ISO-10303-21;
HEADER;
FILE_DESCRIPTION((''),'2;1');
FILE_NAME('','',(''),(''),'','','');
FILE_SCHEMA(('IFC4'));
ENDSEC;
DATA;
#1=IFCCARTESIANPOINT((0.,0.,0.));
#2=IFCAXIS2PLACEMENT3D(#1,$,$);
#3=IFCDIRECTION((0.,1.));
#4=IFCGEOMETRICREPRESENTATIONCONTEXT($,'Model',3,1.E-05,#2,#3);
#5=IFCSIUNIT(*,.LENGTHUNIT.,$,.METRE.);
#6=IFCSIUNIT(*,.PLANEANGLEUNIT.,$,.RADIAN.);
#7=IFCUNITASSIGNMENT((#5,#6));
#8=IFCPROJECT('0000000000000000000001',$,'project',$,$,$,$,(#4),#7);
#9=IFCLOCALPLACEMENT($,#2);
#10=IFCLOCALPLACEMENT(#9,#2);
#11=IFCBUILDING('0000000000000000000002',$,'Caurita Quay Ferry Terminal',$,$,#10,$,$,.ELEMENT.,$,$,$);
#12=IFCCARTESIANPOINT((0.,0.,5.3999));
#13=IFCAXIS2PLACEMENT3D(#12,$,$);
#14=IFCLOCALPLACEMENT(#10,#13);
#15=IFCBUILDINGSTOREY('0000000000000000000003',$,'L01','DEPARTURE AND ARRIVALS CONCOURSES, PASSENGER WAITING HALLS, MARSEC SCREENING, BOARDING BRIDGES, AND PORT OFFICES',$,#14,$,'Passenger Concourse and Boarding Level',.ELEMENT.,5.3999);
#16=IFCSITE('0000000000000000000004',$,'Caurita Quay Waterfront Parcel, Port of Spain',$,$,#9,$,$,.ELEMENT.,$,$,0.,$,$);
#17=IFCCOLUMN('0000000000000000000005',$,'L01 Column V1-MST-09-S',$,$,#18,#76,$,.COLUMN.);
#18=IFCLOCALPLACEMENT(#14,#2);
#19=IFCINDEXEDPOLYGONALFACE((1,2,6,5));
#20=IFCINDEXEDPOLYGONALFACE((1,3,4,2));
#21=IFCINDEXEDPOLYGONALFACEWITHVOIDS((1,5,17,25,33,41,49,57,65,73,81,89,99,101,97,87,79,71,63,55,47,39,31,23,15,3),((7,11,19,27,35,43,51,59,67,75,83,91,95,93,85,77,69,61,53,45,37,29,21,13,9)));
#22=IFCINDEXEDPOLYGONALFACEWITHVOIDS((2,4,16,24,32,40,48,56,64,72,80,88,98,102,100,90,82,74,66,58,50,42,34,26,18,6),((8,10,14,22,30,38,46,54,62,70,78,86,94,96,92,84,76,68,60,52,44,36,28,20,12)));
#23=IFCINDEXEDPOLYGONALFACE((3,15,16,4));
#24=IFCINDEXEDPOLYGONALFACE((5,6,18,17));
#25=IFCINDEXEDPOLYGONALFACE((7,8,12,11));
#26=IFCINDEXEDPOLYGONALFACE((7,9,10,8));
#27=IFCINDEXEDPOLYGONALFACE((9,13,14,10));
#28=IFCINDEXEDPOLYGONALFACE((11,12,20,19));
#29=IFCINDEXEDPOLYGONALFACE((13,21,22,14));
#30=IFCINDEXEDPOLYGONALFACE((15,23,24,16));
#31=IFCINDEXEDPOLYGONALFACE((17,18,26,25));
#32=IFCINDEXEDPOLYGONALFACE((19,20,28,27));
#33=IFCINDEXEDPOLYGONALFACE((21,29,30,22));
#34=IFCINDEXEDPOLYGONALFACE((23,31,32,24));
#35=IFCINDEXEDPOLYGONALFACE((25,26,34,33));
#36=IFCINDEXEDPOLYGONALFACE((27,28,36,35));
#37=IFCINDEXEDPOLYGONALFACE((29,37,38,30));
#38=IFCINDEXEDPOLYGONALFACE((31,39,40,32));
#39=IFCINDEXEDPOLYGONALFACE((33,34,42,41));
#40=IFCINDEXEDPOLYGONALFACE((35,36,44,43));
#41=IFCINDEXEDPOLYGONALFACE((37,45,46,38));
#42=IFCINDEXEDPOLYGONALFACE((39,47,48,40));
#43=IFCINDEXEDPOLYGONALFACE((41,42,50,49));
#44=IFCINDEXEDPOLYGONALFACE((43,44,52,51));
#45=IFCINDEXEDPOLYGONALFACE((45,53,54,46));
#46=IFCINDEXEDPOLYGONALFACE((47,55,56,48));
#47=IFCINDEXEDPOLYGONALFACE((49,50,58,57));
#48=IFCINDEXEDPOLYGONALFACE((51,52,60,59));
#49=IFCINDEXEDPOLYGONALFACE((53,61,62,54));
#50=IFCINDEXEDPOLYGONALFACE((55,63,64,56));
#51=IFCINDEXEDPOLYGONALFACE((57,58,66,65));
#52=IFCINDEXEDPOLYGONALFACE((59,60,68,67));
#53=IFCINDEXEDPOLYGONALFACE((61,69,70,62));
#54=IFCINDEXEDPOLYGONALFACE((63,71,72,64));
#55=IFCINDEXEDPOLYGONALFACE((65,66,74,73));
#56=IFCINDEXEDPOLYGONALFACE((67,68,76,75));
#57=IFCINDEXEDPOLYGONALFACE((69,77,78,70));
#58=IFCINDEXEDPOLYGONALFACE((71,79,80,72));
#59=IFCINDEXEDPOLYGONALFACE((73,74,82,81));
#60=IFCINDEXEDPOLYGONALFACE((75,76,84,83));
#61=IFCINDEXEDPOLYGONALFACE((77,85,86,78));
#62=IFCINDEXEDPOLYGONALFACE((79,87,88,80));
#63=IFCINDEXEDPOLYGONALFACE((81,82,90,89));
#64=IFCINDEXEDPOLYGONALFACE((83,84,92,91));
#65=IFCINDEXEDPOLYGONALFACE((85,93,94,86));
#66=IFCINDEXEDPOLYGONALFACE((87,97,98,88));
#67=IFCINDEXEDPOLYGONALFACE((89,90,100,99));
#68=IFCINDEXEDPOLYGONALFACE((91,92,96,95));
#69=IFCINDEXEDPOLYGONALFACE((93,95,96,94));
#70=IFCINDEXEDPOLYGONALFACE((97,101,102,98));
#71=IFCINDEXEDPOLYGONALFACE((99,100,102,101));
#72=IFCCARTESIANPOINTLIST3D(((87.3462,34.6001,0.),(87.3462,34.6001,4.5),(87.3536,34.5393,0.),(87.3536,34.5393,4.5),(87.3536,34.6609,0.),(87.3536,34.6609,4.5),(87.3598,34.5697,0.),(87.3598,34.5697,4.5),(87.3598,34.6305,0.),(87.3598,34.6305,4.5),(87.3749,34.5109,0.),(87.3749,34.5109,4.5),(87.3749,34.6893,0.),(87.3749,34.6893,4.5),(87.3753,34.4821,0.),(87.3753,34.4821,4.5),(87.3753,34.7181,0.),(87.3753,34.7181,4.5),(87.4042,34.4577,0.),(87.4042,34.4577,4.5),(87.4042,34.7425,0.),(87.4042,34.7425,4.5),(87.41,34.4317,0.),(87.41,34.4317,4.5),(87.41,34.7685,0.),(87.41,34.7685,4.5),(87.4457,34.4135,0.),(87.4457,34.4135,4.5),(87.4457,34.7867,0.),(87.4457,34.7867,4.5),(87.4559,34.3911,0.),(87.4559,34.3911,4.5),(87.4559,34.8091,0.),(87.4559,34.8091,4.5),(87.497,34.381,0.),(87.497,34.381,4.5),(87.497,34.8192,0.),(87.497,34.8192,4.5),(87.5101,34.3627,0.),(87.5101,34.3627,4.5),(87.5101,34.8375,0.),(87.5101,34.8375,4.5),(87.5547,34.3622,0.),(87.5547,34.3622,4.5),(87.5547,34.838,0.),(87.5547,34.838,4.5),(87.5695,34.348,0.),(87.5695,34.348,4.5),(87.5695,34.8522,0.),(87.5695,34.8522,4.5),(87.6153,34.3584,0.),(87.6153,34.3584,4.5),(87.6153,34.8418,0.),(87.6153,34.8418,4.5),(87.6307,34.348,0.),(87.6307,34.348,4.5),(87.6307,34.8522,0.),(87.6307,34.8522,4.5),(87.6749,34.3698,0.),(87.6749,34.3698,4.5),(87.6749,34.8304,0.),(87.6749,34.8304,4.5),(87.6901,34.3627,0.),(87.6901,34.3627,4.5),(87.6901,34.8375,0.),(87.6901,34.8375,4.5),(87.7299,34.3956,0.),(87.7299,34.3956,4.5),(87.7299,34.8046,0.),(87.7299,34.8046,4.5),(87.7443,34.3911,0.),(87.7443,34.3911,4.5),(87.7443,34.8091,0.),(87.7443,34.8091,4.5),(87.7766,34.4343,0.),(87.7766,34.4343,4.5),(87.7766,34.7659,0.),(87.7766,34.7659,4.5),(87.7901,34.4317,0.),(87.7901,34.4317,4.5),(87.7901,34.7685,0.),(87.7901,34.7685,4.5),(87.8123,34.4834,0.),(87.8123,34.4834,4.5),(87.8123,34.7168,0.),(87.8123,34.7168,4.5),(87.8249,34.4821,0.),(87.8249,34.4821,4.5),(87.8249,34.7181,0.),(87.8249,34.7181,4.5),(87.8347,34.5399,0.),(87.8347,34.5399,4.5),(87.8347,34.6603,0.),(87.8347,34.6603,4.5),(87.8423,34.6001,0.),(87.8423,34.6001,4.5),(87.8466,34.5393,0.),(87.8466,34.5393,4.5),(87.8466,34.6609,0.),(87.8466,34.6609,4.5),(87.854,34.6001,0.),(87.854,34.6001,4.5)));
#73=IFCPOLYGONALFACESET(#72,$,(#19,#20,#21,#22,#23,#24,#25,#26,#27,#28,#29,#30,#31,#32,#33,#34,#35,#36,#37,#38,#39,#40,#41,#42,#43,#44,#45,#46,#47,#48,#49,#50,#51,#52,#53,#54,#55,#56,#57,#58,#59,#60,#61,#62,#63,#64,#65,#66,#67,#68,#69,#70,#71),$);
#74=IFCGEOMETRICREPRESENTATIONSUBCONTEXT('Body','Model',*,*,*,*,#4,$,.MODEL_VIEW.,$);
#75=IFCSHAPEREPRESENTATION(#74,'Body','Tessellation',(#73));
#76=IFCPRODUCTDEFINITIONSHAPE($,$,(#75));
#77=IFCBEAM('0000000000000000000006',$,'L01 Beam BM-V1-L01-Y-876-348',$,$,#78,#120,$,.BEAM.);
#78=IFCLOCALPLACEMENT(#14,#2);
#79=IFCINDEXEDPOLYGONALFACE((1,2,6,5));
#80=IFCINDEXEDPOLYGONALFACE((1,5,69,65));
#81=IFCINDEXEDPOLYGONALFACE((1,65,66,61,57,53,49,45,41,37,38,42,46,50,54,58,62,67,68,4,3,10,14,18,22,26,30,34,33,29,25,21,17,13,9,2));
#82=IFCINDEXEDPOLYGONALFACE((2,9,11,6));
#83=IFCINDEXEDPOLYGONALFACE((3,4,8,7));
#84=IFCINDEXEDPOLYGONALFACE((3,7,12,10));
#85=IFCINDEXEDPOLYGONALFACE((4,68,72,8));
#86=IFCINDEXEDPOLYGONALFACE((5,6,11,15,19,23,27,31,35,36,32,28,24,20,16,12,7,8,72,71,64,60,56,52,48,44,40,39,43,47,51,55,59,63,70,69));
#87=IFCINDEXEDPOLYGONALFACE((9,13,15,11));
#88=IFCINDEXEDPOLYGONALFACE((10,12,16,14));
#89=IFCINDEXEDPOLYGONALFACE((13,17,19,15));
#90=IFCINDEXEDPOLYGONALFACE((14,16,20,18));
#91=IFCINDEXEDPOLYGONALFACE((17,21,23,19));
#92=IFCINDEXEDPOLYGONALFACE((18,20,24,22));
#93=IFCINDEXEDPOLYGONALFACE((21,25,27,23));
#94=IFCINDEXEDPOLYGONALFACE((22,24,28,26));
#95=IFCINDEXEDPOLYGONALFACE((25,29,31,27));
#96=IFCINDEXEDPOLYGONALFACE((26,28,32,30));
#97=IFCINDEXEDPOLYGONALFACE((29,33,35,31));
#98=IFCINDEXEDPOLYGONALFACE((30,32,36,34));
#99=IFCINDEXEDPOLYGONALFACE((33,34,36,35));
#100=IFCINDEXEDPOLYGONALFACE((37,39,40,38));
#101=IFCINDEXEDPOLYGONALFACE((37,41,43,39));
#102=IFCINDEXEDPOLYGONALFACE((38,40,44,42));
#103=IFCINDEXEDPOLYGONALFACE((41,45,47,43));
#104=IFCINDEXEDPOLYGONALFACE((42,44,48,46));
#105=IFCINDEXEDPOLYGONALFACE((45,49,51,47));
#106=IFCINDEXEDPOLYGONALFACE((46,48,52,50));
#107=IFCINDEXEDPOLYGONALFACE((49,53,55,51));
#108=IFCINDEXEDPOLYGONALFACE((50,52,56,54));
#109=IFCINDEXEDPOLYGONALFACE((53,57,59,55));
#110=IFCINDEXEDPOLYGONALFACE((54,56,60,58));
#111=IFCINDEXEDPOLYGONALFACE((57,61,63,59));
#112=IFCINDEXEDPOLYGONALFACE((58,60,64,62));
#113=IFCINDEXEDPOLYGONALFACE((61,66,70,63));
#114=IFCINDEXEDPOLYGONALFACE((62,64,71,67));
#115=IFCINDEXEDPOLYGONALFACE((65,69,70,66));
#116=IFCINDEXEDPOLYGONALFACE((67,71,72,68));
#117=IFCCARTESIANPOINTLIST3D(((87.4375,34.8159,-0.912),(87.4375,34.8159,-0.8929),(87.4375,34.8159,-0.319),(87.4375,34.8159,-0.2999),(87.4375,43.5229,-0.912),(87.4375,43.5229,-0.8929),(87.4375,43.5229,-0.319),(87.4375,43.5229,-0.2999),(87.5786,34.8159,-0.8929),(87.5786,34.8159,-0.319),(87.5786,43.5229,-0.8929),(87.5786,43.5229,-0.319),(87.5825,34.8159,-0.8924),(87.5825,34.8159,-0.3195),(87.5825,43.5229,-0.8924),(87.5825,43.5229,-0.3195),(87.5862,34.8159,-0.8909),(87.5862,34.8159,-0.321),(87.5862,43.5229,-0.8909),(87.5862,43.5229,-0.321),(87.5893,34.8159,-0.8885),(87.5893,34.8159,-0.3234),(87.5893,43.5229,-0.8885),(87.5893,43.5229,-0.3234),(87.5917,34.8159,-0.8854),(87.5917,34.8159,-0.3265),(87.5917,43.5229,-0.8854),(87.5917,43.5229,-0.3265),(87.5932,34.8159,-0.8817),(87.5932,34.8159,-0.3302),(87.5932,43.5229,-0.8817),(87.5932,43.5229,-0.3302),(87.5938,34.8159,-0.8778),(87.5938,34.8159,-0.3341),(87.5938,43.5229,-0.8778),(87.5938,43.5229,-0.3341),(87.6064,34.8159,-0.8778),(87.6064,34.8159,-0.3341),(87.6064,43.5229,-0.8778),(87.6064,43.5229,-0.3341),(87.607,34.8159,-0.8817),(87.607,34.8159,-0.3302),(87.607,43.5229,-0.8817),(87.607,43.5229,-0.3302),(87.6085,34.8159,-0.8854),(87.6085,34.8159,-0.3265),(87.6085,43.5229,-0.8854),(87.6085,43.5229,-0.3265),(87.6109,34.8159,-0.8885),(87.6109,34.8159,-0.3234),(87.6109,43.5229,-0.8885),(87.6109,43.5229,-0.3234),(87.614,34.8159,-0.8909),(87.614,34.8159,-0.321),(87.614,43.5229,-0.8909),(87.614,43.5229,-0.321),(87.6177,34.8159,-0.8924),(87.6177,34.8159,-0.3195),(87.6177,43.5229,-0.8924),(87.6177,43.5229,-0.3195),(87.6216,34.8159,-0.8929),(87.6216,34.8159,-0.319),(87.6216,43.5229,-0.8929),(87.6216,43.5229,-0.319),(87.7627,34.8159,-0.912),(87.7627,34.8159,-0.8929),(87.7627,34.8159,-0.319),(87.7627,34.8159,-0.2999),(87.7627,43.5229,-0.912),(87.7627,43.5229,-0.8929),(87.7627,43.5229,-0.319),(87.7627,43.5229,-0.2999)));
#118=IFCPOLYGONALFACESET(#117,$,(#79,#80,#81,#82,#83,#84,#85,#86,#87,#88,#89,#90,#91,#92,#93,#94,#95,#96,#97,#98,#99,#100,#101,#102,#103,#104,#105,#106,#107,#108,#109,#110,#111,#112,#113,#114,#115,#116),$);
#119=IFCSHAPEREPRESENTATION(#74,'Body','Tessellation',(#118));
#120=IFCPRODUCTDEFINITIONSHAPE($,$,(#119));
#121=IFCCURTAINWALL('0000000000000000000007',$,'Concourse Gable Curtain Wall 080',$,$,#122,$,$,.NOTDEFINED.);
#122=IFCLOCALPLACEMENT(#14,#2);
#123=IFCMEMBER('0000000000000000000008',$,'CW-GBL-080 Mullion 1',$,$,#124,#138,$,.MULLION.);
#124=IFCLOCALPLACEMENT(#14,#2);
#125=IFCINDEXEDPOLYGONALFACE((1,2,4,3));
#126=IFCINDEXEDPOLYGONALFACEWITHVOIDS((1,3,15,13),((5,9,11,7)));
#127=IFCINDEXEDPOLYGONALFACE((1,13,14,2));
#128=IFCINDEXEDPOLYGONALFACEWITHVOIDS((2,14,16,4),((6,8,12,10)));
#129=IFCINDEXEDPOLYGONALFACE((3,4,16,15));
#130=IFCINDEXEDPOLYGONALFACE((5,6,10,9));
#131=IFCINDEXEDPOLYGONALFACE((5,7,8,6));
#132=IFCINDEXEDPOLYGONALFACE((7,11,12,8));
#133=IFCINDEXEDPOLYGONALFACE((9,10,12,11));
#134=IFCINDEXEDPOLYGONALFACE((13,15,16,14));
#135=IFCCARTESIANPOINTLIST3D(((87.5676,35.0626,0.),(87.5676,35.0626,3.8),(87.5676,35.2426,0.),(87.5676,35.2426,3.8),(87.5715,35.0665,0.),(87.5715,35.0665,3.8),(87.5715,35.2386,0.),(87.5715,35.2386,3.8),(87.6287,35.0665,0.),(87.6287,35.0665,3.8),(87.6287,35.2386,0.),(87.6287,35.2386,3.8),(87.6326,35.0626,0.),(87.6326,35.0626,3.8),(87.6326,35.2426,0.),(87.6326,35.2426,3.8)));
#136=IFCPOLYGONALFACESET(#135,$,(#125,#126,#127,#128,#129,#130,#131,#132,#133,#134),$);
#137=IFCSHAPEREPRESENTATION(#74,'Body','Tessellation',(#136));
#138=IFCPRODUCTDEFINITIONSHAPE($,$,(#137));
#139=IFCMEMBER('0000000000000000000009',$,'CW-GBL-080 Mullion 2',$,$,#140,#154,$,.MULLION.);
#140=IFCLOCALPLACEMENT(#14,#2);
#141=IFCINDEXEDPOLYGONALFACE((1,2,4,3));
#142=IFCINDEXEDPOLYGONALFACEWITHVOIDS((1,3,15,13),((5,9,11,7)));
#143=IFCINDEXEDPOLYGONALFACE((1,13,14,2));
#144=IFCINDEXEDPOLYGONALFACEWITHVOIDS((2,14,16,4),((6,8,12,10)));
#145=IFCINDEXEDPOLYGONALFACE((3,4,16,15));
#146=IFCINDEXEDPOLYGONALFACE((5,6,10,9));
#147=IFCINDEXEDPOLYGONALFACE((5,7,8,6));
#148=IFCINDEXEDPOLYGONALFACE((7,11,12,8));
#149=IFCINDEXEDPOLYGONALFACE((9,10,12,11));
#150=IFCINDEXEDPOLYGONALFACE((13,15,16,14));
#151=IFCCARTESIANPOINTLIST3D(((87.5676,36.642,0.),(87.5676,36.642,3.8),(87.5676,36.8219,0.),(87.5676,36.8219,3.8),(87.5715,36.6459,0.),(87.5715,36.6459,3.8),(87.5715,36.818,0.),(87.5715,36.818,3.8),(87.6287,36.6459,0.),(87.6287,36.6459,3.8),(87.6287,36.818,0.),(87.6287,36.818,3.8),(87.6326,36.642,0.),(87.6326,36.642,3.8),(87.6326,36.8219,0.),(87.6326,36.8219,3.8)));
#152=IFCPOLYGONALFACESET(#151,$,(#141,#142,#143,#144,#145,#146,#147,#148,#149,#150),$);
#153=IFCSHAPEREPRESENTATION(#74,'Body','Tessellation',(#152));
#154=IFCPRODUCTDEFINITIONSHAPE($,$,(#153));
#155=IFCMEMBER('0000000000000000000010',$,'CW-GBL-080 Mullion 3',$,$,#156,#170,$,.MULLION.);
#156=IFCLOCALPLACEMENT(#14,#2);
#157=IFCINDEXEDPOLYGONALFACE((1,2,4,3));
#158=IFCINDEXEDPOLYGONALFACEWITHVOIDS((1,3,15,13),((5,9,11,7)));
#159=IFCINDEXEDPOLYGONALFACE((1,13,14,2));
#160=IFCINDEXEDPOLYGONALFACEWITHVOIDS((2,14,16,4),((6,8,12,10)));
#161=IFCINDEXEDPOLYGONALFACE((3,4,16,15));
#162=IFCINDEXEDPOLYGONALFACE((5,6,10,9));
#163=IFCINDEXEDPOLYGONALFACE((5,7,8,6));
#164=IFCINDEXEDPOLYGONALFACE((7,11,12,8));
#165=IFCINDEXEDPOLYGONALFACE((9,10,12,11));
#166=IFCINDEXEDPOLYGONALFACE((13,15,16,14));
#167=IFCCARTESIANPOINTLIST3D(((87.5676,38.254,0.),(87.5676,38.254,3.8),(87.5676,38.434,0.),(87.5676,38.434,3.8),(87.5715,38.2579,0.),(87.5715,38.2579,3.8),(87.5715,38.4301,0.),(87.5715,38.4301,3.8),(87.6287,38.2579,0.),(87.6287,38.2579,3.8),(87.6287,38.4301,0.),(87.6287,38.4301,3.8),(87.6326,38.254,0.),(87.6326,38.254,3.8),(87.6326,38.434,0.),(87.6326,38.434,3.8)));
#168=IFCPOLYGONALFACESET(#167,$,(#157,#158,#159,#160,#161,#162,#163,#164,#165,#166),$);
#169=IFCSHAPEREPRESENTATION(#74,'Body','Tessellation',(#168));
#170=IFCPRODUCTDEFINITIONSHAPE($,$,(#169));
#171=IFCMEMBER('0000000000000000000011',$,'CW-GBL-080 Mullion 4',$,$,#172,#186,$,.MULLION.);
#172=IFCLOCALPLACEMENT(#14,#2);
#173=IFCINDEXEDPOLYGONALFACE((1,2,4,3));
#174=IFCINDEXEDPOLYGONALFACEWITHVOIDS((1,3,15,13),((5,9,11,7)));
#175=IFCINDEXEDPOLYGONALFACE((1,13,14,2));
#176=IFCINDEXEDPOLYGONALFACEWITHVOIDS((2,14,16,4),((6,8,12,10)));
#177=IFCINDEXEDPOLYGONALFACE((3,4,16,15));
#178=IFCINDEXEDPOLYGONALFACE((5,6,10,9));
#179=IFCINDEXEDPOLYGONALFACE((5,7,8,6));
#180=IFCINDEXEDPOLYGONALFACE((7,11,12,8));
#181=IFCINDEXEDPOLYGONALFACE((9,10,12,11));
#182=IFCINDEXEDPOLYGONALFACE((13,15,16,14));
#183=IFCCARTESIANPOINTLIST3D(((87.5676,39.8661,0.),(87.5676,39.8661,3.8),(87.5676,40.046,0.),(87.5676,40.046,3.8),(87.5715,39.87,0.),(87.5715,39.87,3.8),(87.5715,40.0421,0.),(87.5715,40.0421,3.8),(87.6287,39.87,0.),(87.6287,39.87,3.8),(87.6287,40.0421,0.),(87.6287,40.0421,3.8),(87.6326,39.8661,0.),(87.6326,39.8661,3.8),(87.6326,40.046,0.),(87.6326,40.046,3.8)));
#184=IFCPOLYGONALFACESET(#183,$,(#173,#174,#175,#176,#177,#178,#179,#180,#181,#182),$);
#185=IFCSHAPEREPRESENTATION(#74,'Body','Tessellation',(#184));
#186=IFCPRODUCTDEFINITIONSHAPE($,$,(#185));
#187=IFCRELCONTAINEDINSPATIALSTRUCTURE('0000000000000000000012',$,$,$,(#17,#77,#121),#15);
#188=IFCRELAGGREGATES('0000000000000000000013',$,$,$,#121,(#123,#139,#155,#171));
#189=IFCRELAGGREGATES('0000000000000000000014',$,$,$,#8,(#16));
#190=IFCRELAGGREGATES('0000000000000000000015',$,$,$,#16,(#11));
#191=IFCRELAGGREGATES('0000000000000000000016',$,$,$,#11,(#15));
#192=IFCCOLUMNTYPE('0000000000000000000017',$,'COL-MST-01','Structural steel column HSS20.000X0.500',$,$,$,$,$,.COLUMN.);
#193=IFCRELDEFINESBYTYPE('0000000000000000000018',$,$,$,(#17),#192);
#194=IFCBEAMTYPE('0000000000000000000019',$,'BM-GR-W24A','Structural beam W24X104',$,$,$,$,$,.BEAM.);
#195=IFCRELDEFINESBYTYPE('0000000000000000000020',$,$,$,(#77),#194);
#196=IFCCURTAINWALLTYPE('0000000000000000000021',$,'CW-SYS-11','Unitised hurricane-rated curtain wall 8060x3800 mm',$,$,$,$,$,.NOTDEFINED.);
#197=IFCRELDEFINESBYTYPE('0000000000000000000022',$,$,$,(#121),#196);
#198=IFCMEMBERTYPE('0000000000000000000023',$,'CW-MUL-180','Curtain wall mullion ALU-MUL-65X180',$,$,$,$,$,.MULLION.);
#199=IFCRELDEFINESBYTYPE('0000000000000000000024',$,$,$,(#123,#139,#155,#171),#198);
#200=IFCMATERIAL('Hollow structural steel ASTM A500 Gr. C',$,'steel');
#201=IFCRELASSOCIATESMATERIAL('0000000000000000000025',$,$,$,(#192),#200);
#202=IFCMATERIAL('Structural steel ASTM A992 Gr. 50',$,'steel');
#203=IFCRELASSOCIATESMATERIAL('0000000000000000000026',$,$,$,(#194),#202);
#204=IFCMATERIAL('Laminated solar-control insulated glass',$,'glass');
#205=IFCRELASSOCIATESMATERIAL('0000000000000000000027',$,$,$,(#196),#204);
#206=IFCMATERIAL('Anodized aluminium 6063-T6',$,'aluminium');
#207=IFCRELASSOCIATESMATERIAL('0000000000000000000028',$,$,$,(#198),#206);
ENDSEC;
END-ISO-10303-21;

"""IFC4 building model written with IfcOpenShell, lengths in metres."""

from ifc_helpers import new_model, si_unit, direction, frame, origin, origin_2d, place, context, subcontext, project, spatial, hollow_rectangle, hollow_circle, i_section, extrude, material, material_profile, profile_set, type_object, element, aggregate, save


model = new_model("IFC4")

# Units and contexts
model_context = context("Model", 3, precision=1e-05, world=origin(), true_north=direction((0.0, 1.0)))
body_context = subcontext(model_context, "Body", "Model", "MODEL_VIEW")
ifc_project = project(units=[si_unit("LENGTHUNIT", "METRE"), si_unit("PLANEANGLEUNIT", "RADIAN")], contexts=[model_context])

# Site, building, storey
site_placement = place(None, origin())
site = spatial("IfcSite", under=ifc_project, at=site_placement, Name="Caurita Quay Waterfront Parcel, Port of Spain", CompositionType="ELEMENT", RefElevation=0.0)
building_placement = place(site_placement, origin())
building = spatial("IfcBuilding", under=site, at=building_placement, Name="Caurita Quay Ferry Terminal", CompositionType="ELEMENT")
storey_placement = place(building_placement, frame((0.0, 0.0, 5.3999)))
storey = spatial("IfcBuildingStorey", under=building, at=storey_placement, Name="L01", Description="DEPARTURE AND ARRIVALS CONCOURSES, PASSENGER WAITING HALLS, MARSEC SCREENING, BOARDING BRIDGES, AND PORT OFFICES", LongName="Passenger Concourse and Boarding Level", CompositionType="ELEMENT", Elevation=5.3999)

# Column
ifc_material_1 = material(Name="Hollow structural steel ASTM A500 Gr. C", Category="steel")
ifc_material_profile_1 = material_profile(ifc_material_1, hollow_circle(Radius=0.2539, WallThickness=0.0117, at=origin_2d()), Name="HSS20.000X0.500")
ifc_profile_set_1 = profile_set([ifc_material_profile_1], Name="Hollow structural steel ASTM A500 Gr. C")
column_type = type_object("IfcColumnType", Name="COL-MST-01", Description="Structural steel column HSS20.000X0.500", PredefinedType="COLUMN", material=ifc_profile_set_1)
column_placement = place(storey_placement, frame((87.6001, 34.6001, 0.0), z_axis=(0.0, 0.0, 1.0), x_axis=(1.0, 0.0, 0.0)))
element("IfcColumn", 1, at=column_placement, inside=storey, type_object=column_type, Name="L01 Column V1-MST-09-S", PredefinedType="COLUMN", context=body_context, shape_type="SweptSolid", body=[
    extrude(hollow_circle(Radius=0.2539, WallThickness=0.0117, at=origin_2d()), origin(), (0.0, 0.0, 1.0), 4.5),
])

# Beam
ifc_material_2 = material(Name="Structural steel ASTM A992 Gr. 50", Category="steel")
ifc_material_profile_2 = material_profile(ifc_material_2, i_section(OverallWidth=0.3252, OverallDepth=0.6121, WebThickness=0.0127, FlangeThickness=0.019, FilletRadius=0.0151, at=origin_2d()), Name="W24X104")
ifc_profile_set_2 = profile_set([ifc_material_profile_2], Name="Structural steel ASTM A992 Gr. 50")
beam_type = type_object("IfcBeamType", Name="BM-GR-W24A", Description="Structural beam W24X104", PredefinedType="BEAM", material=ifc_profile_set_2)
beam_placement = place(storey_placement, frame((87.6001, 34.8159, -0.606), z_axis=(0.0, 1.0, 0.0), x_axis=(-1.0, 0.0, 0.0)))
element("IfcBeam", 2, at=beam_placement, inside=storey, type_object=beam_type, Name="L01 Beam BM-V1-L01-Y-876-348", PredefinedType="BEAM", context=body_context, shape_type="SweptSolid", body=[
    extrude(i_section(OverallWidth=0.3252, OverallDepth=0.6121, WebThickness=0.0127, FlangeThickness=0.019, FilletRadius=0.0151, at=origin_2d()), origin(), (0.0, 0.0, 1.0), 8.707),
])

# Curtain wall, members
ifc_material_3 = material(Name="Laminated solar-control insulated glass", Category="glass")
curtain_wall_type_1 = type_object("IfcCurtainWallType", Name="CW-SYS-11", Description="Unitised hurricane-rated curtain wall 8060x3800 mm", PredefinedType="NOTDEFINED", material=ifc_material_3)
curtain_wall_1_placement = place(storey_placement, origin())
curtain_wall_1 = element("IfcCurtainWall", 3, at=curtain_wall_1_placement, inside=storey, type_object=curtain_wall_type_1, Name="Concourse Gable Curtain Wall 080", PredefinedType="NOTDEFINED")
ifc_material_4 = material(Name="Anodized aluminium 6063-T6", Category="aluminium")
ifc_material_profile_3 = material_profile(ifc_material_4, hollow_rectangle(XDim=0.0649, YDim=0.1799, WallThickness=0.0039, at=origin_2d()), Name="ALU-MUL-65X180")
ifc_profile_set_3 = profile_set([ifc_material_profile_3], Name="Anodized aluminium 6063-T6")
member_type_1 = type_object("IfcMemberType", Name="CW-MUL-180", Description="Curtain wall mullion ALU-MUL-65X180", PredefinedType="MULLION", material=ifc_profile_set_3)
member_1_placement = place(storey_placement, frame((87.6001, 35.1526, 0.0), z_axis=(0.0, 0.0, 1.0), x_axis=(-1.0, 0.0, 0.0)))
member_1 = element("IfcMember", 4, at=member_1_placement, type_object=member_type_1, Name="CW-GBL-080 Mullion 1", PredefinedType="MULLION", context=body_context, shape_type="SweptSolid", body=[
    extrude(hollow_rectangle(XDim=0.0649, YDim=0.1799, WallThickness=0.0039, at=origin_2d()), origin(), (0.0, 0.0, 1.0), 3.8),
])
member_2_placement = place(storey_placement, frame((87.6001, 36.7319, 0.0), z_axis=(0.0, 0.0, 1.0), x_axis=(-1.0, 0.0, 0.0)))
member_2 = element("IfcMember", 5, at=member_2_placement, type_object=member_type_1, Name="CW-GBL-080 Mullion 2", PredefinedType="MULLION", context=body_context, shape_type="SweptSolid", body=[
    extrude(hollow_rectangle(XDim=0.0649, YDim=0.1799, WallThickness=0.0039, at=origin_2d()), origin(), (0.0, 0.0, 1.0), 3.8),
])
member_3_placement = place(storey_placement, frame((87.6001, 38.344, 0.0), z_axis=(0.0, 0.0, 1.0), x_axis=(-1.0, 0.0, 0.0)))
member_3 = element("IfcMember", 6, at=member_3_placement, type_object=member_type_1, Name="CW-GBL-080 Mullion 3", PredefinedType="MULLION", context=body_context, shape_type="SweptSolid", body=[
    extrude(hollow_rectangle(XDim=0.0649, YDim=0.1799, WallThickness=0.0039, at=origin_2d()), origin(), (0.0, 0.0, 1.0), 3.8),
])
member_4_placement = place(storey_placement, frame((87.6001, 39.9561, 0.0), z_axis=(0.0, 0.0, 1.0), x_axis=(-1.0, 0.0, 0.0)))
member_4 = element("IfcMember", 7, at=member_4_placement, type_object=member_type_1, Name="CW-GBL-080 Mullion 4", PredefinedType="MULLION", context=body_context, shape_type="SweptSolid", body=[
    extrude(hollow_rectangle(XDim=0.0649, YDim=0.1799, WallThickness=0.0039, at=origin_2d()), origin(), (0.0, 0.0, 1.0), 3.8),
])

aggregate(curtain_wall_1, [member_1, member_2, member_3, member_4])

save(model, "model.ifc")
